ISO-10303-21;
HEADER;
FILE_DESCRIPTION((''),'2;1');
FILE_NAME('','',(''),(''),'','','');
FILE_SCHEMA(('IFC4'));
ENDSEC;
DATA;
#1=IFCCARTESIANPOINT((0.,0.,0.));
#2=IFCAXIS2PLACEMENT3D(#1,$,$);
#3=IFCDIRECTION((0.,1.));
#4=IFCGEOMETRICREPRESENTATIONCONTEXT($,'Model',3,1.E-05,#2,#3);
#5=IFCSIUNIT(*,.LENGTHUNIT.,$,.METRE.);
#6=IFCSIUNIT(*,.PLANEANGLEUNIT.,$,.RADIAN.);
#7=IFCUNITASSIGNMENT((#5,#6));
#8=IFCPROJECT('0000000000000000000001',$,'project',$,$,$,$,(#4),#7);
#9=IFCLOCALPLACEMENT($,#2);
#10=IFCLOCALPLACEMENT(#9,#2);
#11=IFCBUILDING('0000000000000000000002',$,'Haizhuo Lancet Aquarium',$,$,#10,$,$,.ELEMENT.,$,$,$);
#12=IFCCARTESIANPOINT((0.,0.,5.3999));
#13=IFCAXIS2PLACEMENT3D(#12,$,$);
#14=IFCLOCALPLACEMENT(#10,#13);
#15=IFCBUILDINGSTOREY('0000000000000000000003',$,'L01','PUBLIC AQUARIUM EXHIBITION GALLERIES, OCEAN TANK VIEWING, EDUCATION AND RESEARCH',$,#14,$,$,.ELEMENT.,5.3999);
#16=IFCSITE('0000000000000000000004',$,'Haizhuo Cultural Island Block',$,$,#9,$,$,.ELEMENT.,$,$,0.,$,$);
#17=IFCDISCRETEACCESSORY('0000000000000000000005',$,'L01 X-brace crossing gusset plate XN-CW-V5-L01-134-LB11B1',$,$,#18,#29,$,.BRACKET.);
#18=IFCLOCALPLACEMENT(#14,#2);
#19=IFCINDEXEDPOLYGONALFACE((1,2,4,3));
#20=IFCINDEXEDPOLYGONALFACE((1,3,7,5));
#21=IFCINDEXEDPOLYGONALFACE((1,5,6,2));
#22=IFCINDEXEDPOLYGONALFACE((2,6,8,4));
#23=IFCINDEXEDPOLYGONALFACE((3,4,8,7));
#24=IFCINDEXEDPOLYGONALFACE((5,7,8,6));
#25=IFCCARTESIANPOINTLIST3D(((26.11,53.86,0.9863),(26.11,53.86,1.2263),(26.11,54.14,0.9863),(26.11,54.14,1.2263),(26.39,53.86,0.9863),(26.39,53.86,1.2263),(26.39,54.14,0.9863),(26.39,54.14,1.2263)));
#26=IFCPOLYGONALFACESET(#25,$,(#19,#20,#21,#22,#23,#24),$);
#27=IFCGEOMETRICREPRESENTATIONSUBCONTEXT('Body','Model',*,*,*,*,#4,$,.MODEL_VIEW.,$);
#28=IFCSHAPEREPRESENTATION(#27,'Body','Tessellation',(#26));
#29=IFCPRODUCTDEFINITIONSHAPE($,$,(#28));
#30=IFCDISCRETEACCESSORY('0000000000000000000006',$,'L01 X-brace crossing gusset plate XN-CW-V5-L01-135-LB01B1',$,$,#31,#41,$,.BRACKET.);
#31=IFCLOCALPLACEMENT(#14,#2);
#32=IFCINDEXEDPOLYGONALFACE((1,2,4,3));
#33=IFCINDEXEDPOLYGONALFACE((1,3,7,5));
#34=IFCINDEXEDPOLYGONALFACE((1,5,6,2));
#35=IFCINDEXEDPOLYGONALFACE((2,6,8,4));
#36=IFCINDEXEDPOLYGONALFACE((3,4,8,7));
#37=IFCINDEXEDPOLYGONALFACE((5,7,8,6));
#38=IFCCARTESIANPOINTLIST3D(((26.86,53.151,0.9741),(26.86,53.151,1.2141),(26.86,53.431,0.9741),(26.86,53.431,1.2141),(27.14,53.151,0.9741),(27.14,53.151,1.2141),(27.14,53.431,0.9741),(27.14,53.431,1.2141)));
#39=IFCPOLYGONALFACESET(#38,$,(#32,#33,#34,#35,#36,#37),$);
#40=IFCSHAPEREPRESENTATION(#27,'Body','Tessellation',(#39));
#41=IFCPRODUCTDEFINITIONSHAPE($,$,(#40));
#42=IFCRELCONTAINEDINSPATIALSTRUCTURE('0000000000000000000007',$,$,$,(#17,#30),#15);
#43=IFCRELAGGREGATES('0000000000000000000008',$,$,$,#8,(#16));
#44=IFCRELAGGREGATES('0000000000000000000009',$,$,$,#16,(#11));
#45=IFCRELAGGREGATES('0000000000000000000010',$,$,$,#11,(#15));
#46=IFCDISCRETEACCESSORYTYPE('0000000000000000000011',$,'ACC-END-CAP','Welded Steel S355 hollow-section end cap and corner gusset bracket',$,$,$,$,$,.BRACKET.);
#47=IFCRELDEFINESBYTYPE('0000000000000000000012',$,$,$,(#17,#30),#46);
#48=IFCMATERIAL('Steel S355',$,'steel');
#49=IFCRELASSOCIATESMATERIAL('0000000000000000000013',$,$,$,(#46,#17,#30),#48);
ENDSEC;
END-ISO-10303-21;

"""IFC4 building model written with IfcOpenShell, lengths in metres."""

from ifc_helpers import new_model, si_unit, direction, frame, origin, origin_2d, place, context, subcontext, project, spatial, rectangle, extrude, material, type_object, element, save


model = new_model("IFC4")

# Units and contexts
model_context = context("Model", 3, precision=1e-05, world=origin(), true_north=direction((0.0, 1.0)))
body_context = subcontext(model_context, "Body", "Model", "MODEL_VIEW")
ifc_project = project(units=[si_unit("LENGTHUNIT", "METRE"), si_unit("PLANEANGLEUNIT", "RADIAN")], contexts=[model_context])

# Site, building, storey
site_placement = place(None, origin())
site = spatial("IfcSite", under=ifc_project, at=site_placement, Name="Haizhuo Cultural Island Block", CompositionType="ELEMENT", RefElevation=0.0)
building_placement = place(site_placement, origin())
building = spatial("IfcBuilding", under=site, at=building_placement, Name="Haizhuo Lancet Aquarium", CompositionType="ELEMENT")
storey_placement = place(building_placement, frame((0.0, 0.0, 5.3999)))
storey = spatial("IfcBuildingStorey", under=building, at=storey_placement, Name="L01", Description="PUBLIC AQUARIUM EXHIBITION GALLERIES, OCEAN TANK VIEWING, EDUCATION AND RESEARCH", CompositionType="ELEMENT", Elevation=5.3999)

# Shared definitions
ifc_material_1 = material(Name="Steel S355", Category="steel")

# Discrete accessories
discrete_accessory_type = type_object("IfcDiscreteAccessoryType", Name="ACC-END-CAP", Description="Welded Steel S355 hollow-section end cap and corner gusset bracket", PredefinedType="BRACKET", material=ifc_material_1)
for number, where, z_axis, x_axis, name in (
    (1, (26.25, 54.0, 0.9863), (0.0, 0.0, 1.0), (1.0, 0.0, 0.0), "L01 X-brace crossing gusset plate XN-CW-V5-L01-134-LB11B1"),
    (2, (27.0, 53.291, 0.9741), (0.0, 0.0, 1.0), (1.0, 0.0, 0.0), "L01 X-brace crossing gusset plate XN-CW-V5-L01-135-LB01B1"),
):
    element("IfcDiscreteAccessory", number, at=place(storey_placement, frame(where, z_axis=z_axis, x_axis=x_axis)), inside=storey, type_object=discrete_accessory_type, material=ifc_material_1, Name=name, PredefinedType="BRACKET", context=body_context, shape_type="SweptSolid", body=[
        extrude(rectangle(XDim=0.28, YDim=0.28, at=origin_2d()), origin(), (0.0, 0.0, 1.0), 0.24),
    ])

save(model, "model.ifc")
